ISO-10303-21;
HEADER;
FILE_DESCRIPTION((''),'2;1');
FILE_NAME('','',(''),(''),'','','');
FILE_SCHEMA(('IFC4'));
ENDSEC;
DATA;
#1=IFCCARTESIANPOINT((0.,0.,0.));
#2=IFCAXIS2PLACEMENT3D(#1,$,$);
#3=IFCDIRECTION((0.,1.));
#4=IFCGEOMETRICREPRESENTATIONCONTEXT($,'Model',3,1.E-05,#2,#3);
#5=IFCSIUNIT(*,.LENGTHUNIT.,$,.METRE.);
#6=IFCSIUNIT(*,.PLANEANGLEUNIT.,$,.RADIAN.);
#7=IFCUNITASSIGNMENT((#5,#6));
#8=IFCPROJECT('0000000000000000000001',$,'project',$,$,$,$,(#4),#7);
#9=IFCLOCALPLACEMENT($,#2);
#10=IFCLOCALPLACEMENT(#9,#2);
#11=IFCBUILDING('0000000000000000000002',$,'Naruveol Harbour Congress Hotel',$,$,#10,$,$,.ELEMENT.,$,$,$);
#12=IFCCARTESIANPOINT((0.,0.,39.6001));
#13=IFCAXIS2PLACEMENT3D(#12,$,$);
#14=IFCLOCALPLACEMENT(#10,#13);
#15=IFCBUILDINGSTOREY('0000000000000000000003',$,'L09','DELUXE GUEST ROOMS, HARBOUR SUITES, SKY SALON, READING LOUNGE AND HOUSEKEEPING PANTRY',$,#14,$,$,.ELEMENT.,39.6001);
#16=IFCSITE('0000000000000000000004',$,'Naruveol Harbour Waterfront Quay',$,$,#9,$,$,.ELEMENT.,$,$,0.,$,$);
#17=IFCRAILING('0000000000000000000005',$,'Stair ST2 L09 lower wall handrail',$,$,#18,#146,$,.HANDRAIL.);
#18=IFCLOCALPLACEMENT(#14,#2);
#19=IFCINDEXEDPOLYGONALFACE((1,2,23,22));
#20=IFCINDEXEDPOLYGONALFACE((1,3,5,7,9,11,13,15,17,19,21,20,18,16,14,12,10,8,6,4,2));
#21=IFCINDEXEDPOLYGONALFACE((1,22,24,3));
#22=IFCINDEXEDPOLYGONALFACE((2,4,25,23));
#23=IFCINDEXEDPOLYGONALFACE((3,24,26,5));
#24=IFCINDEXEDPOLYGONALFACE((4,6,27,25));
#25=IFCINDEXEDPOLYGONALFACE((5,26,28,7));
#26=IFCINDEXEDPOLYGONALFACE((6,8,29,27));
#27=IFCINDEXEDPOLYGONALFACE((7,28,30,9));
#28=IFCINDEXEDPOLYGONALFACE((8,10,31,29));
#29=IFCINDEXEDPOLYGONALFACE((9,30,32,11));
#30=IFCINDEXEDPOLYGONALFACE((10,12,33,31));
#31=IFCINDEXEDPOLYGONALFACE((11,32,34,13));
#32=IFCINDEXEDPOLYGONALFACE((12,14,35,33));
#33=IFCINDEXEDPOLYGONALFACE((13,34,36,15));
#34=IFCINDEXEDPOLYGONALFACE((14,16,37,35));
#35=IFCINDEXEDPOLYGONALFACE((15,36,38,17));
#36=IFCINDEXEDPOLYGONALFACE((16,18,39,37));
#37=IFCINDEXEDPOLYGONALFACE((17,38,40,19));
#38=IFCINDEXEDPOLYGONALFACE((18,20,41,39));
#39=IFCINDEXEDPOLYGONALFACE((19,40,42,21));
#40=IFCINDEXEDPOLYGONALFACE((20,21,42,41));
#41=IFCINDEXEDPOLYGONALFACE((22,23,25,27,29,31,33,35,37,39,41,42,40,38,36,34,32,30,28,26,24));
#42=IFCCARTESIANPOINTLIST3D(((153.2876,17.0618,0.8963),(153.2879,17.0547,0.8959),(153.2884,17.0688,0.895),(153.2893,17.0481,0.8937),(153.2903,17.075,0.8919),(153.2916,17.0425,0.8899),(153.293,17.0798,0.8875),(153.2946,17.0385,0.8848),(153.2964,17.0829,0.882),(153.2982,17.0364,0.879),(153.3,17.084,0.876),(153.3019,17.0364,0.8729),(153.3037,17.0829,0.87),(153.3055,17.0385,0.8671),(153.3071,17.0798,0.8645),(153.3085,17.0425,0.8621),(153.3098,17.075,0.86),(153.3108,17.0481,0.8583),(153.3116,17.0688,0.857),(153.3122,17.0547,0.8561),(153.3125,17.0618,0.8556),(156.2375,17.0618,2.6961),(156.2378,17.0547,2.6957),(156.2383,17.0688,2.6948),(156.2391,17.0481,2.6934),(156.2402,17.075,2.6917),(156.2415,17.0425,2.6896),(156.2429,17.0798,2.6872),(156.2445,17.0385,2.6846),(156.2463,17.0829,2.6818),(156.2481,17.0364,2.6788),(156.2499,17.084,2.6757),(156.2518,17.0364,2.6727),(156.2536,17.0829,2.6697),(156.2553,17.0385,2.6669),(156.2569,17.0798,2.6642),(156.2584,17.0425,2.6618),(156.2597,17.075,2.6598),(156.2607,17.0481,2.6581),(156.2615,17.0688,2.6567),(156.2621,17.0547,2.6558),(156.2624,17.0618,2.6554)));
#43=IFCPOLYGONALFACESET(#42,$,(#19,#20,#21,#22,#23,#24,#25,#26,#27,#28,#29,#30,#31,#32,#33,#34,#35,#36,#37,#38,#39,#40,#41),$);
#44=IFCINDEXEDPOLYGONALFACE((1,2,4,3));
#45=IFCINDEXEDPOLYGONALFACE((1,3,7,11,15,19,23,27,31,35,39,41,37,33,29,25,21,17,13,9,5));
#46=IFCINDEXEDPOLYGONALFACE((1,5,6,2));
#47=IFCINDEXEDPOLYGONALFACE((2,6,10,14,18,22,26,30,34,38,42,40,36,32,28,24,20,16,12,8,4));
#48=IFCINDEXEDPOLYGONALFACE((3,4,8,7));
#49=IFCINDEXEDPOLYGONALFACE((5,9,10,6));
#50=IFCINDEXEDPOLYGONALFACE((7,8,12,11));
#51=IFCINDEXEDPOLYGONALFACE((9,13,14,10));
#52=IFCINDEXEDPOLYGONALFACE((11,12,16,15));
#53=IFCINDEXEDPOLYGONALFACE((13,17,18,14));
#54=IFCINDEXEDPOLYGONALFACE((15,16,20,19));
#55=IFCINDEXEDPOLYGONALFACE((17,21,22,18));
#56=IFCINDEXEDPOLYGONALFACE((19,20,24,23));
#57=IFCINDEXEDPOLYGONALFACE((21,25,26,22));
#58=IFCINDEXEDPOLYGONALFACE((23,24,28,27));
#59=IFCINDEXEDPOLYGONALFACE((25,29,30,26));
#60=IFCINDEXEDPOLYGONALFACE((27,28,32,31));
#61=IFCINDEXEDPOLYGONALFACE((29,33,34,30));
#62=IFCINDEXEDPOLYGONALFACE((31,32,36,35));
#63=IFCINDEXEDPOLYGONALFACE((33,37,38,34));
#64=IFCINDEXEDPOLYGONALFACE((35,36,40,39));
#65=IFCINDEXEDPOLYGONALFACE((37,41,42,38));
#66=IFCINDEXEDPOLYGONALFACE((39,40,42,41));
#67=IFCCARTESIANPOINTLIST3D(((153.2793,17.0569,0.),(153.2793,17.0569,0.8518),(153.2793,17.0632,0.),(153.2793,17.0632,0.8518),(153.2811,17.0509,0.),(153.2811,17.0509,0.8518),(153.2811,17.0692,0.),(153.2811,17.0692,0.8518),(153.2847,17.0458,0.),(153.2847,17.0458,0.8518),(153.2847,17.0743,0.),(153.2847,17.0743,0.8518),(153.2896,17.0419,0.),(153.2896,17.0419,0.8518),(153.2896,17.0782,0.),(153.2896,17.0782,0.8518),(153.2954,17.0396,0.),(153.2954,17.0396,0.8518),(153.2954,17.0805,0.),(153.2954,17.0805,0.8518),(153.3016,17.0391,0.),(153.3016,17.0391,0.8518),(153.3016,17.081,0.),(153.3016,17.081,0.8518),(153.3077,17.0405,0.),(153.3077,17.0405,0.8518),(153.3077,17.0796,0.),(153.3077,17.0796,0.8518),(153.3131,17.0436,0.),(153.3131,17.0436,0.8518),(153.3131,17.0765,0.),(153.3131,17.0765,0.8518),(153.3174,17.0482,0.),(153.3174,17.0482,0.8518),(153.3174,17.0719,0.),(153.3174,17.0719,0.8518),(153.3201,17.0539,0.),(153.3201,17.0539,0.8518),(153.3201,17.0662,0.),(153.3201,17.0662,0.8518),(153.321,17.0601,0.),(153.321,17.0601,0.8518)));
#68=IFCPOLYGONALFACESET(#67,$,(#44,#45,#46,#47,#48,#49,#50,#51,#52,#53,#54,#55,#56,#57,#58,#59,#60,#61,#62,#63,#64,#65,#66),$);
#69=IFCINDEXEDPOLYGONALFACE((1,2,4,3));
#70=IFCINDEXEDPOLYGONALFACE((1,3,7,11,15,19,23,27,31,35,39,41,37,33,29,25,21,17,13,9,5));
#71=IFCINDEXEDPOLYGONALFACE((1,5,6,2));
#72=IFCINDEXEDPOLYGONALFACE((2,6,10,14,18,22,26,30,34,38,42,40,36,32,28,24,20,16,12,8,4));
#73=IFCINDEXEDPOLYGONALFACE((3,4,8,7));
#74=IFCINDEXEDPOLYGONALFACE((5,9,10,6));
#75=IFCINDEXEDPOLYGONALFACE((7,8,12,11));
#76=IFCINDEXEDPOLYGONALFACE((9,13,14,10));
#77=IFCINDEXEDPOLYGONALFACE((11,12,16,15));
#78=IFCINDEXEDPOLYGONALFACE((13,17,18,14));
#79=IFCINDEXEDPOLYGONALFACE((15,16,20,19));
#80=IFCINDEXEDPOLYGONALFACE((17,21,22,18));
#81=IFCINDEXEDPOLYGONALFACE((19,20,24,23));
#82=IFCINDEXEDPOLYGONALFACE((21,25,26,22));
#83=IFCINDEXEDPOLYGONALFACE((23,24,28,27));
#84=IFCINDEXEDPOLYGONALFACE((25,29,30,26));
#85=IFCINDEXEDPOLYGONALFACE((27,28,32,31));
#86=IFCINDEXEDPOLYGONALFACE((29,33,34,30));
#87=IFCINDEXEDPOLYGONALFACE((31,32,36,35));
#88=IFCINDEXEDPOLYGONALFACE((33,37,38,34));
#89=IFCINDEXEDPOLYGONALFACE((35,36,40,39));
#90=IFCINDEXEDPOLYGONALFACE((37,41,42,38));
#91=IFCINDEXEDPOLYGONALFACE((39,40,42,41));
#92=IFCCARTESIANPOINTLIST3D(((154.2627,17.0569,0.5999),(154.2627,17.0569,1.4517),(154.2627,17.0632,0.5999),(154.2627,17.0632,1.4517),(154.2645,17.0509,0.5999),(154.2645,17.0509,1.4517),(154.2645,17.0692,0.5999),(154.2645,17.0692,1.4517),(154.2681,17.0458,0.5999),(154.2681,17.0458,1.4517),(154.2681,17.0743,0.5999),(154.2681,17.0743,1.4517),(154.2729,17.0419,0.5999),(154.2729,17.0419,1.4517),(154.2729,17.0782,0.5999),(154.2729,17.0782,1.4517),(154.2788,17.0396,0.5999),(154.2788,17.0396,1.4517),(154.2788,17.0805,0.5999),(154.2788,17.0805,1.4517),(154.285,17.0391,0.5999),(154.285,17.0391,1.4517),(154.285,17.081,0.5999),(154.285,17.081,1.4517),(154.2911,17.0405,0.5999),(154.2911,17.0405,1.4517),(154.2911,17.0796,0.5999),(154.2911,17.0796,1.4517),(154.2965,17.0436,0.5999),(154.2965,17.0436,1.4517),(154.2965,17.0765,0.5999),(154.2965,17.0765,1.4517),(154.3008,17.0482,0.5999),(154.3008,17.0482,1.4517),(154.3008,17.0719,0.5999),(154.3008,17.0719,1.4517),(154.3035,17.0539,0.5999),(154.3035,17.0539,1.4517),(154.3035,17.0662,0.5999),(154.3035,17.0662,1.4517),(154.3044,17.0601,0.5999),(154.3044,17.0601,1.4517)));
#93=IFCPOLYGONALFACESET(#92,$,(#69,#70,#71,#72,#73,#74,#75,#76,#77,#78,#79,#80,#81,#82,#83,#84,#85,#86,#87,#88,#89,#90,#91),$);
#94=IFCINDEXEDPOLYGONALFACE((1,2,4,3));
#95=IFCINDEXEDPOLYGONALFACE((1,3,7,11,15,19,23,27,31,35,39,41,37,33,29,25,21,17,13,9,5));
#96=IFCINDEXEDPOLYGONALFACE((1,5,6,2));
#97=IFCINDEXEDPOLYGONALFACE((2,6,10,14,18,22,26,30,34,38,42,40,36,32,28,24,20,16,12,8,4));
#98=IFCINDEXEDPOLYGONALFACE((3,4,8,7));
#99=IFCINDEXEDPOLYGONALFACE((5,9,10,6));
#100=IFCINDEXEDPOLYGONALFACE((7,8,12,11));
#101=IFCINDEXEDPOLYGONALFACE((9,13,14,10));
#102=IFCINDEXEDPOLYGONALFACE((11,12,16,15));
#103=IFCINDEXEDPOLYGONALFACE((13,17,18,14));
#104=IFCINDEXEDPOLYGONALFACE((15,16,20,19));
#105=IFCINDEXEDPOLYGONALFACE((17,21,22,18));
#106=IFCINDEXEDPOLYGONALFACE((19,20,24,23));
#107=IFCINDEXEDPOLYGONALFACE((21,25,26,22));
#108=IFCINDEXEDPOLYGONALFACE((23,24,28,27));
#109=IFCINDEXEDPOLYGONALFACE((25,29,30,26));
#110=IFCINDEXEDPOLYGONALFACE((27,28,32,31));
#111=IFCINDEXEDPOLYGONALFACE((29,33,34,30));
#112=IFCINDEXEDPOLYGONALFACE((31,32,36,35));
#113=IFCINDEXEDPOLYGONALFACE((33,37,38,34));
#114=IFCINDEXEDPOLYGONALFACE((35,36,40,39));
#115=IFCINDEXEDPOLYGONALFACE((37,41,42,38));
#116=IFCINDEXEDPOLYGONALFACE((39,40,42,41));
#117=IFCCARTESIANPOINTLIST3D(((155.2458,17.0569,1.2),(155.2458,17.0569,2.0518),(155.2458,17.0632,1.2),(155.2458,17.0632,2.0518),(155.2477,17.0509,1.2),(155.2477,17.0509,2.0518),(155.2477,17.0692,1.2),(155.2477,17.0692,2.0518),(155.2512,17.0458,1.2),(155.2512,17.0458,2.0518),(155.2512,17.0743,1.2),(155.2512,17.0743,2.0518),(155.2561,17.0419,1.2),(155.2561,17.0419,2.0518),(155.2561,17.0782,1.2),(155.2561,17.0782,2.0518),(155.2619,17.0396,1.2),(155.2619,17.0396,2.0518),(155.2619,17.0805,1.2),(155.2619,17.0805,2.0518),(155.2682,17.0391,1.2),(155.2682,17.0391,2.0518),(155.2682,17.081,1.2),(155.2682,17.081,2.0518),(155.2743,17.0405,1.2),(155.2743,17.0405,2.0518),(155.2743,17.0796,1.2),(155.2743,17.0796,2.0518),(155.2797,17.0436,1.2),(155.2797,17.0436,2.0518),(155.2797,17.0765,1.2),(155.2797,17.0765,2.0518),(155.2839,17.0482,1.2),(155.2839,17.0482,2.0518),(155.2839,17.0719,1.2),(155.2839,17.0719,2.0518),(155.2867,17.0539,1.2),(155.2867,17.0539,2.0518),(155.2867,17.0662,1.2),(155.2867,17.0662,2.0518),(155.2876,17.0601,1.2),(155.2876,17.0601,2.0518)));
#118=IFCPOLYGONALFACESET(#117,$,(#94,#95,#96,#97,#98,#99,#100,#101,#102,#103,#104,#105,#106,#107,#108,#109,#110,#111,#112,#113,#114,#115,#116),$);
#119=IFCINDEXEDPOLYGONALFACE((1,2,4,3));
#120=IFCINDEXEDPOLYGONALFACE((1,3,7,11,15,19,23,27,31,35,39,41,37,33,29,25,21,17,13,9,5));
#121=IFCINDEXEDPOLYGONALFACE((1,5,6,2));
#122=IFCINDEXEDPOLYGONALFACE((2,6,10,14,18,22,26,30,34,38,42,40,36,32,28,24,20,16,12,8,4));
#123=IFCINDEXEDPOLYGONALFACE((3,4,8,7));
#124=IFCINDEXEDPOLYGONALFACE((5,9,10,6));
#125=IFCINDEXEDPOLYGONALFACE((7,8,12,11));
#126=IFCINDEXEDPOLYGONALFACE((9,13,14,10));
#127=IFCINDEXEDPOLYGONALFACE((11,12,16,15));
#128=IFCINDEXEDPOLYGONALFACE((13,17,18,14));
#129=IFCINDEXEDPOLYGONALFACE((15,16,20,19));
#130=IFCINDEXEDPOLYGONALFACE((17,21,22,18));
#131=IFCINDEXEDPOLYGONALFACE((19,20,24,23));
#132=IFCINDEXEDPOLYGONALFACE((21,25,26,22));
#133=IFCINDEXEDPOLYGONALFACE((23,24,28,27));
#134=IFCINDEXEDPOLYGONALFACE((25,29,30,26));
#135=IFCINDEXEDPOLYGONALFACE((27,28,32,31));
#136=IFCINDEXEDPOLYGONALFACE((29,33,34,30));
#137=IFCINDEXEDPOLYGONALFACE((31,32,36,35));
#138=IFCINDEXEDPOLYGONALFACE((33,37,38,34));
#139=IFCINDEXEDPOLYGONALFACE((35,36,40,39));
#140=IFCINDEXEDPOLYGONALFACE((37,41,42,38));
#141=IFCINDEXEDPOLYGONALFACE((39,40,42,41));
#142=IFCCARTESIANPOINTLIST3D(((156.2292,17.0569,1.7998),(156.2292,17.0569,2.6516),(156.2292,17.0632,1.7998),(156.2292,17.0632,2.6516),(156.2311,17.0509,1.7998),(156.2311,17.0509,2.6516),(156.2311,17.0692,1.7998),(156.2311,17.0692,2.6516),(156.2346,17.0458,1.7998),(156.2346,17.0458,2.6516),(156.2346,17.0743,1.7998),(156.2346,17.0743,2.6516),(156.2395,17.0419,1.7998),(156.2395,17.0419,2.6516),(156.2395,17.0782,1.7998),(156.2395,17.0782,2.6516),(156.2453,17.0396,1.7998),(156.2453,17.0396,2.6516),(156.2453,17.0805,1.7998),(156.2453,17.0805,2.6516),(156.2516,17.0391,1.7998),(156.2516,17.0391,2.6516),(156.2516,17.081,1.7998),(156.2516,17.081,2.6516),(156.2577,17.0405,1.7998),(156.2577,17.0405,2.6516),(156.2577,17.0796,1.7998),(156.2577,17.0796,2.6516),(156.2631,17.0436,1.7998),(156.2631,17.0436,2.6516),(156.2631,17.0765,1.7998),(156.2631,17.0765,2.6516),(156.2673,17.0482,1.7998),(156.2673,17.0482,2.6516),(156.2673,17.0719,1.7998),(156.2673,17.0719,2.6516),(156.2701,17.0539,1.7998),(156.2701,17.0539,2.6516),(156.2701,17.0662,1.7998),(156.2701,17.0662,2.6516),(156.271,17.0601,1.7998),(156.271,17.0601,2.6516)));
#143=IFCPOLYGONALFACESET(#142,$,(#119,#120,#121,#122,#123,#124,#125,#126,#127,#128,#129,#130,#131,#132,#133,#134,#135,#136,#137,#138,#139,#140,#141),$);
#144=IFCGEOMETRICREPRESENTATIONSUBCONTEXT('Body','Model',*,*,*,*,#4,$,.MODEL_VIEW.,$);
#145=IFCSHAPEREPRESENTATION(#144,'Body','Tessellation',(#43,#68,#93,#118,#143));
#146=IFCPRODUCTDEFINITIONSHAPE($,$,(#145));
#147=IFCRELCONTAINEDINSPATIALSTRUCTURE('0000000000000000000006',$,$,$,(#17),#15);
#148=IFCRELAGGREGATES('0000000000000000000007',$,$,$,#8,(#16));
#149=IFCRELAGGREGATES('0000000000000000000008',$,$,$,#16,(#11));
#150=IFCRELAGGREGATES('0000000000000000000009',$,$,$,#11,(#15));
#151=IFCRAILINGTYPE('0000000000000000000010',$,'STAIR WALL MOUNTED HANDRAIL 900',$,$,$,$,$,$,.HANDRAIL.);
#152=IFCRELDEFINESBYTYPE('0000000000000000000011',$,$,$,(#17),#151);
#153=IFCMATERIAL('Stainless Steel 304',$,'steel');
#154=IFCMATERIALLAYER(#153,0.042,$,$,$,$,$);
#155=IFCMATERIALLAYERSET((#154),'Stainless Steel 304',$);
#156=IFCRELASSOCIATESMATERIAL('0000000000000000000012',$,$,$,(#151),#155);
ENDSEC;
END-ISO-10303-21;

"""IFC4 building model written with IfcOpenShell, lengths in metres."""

from ifc_helpers import new_model, si_unit, direction, frame, origin, origin_2d, place, context, subcontext, project, spatial, circle, extrude, material, layer, layer_set, type_object, element, save


model = new_model("IFC4")

# Units and contexts
model_context = context("Model", 3, precision=1e-05, world=origin(), true_north=direction((0.0, 1.0)))
body_context = subcontext(model_context, "Body", "Model", "MODEL_VIEW")
ifc_project = project(units=[si_unit("LENGTHUNIT", "METRE"), si_unit("PLANEANGLEUNIT", "RADIAN")], contexts=[model_context])

# Site, building, storey
site_placement = place(None, origin())
site = spatial("IfcSite", under=ifc_project, at=site_placement, Name="Naruveol Harbour Waterfront Quay", CompositionType="ELEMENT", RefElevation=0.0)
building_placement = place(site_placement, origin())
building = spatial("IfcBuilding", under=site, at=building_placement, Name="Naruveol Harbour Congress Hotel", CompositionType="ELEMENT")
storey_placement = place(building_placement, frame((0.0, 0.0, 39.6001)))
storey = spatial("IfcBuildingStorey", under=building, at=storey_placement, Name="L09", Description="DELUXE GUEST ROOMS, HARBOUR SUITES, SKY SALON, READING LOUNGE AND HOUSEKEEPING PANTRY", CompositionType="ELEMENT", Elevation=39.6001)

# Railing
ifc_material_1 = material(Name="Stainless Steel 304", Category="steel")
ifc_layer_1 = layer(ifc_material_1, 0.042)
ifc_layer_set_1 = layer_set([ifc_layer_1], Name="Stainless Steel 304")
railing_type_1 = type_object("IfcRailingType", Name="STAIR WALL MOUNTED HANDRAIL 900", PredefinedType="HANDRAIL", material=ifc_layer_set_1)
railing_1_placement = place(storey_placement, frame((153.3, 17.0601, 0.0)))
element("IfcRailing", 1, at=railing_1_placement, inside=storey, type_object=railing_type_1, Name="Stair ST2 L09 lower wall handrail", PredefinedType="HANDRAIL", context=body_context, shape_type="SweptSolid", body=[
    extrude(circle(Radius=0.0239, at=origin_2d()), frame((0.0, 0.0, 0.876), z_axis=(0.853661, 0.0, 0.52083), x_axis=(0.0, 1.0, 0.0)), (0.0, 0.0, 1.0), 3.4556),
    extrude(circle(Radius=0.021, at=origin_2d()), origin(), (0.0, 0.0, 1.0), 0.8518),
    extrude(circle(Radius=0.021, at=origin_2d()), frame((0.9834, 0.0, 0.5999)), (0.0, 0.0, 1.0), 0.8518),
    extrude(circle(Radius=0.021, at=origin_2d()), frame((1.9666, 0.0, 1.2)), (0.0, 0.0, 1.0), 0.8518),
    extrude(circle(Radius=0.021, at=origin_2d()), frame((2.95, 0.0, 1.7998)), (0.0, 0.0, 1.0), 0.8518),
])

save(model, "model.ifc")
